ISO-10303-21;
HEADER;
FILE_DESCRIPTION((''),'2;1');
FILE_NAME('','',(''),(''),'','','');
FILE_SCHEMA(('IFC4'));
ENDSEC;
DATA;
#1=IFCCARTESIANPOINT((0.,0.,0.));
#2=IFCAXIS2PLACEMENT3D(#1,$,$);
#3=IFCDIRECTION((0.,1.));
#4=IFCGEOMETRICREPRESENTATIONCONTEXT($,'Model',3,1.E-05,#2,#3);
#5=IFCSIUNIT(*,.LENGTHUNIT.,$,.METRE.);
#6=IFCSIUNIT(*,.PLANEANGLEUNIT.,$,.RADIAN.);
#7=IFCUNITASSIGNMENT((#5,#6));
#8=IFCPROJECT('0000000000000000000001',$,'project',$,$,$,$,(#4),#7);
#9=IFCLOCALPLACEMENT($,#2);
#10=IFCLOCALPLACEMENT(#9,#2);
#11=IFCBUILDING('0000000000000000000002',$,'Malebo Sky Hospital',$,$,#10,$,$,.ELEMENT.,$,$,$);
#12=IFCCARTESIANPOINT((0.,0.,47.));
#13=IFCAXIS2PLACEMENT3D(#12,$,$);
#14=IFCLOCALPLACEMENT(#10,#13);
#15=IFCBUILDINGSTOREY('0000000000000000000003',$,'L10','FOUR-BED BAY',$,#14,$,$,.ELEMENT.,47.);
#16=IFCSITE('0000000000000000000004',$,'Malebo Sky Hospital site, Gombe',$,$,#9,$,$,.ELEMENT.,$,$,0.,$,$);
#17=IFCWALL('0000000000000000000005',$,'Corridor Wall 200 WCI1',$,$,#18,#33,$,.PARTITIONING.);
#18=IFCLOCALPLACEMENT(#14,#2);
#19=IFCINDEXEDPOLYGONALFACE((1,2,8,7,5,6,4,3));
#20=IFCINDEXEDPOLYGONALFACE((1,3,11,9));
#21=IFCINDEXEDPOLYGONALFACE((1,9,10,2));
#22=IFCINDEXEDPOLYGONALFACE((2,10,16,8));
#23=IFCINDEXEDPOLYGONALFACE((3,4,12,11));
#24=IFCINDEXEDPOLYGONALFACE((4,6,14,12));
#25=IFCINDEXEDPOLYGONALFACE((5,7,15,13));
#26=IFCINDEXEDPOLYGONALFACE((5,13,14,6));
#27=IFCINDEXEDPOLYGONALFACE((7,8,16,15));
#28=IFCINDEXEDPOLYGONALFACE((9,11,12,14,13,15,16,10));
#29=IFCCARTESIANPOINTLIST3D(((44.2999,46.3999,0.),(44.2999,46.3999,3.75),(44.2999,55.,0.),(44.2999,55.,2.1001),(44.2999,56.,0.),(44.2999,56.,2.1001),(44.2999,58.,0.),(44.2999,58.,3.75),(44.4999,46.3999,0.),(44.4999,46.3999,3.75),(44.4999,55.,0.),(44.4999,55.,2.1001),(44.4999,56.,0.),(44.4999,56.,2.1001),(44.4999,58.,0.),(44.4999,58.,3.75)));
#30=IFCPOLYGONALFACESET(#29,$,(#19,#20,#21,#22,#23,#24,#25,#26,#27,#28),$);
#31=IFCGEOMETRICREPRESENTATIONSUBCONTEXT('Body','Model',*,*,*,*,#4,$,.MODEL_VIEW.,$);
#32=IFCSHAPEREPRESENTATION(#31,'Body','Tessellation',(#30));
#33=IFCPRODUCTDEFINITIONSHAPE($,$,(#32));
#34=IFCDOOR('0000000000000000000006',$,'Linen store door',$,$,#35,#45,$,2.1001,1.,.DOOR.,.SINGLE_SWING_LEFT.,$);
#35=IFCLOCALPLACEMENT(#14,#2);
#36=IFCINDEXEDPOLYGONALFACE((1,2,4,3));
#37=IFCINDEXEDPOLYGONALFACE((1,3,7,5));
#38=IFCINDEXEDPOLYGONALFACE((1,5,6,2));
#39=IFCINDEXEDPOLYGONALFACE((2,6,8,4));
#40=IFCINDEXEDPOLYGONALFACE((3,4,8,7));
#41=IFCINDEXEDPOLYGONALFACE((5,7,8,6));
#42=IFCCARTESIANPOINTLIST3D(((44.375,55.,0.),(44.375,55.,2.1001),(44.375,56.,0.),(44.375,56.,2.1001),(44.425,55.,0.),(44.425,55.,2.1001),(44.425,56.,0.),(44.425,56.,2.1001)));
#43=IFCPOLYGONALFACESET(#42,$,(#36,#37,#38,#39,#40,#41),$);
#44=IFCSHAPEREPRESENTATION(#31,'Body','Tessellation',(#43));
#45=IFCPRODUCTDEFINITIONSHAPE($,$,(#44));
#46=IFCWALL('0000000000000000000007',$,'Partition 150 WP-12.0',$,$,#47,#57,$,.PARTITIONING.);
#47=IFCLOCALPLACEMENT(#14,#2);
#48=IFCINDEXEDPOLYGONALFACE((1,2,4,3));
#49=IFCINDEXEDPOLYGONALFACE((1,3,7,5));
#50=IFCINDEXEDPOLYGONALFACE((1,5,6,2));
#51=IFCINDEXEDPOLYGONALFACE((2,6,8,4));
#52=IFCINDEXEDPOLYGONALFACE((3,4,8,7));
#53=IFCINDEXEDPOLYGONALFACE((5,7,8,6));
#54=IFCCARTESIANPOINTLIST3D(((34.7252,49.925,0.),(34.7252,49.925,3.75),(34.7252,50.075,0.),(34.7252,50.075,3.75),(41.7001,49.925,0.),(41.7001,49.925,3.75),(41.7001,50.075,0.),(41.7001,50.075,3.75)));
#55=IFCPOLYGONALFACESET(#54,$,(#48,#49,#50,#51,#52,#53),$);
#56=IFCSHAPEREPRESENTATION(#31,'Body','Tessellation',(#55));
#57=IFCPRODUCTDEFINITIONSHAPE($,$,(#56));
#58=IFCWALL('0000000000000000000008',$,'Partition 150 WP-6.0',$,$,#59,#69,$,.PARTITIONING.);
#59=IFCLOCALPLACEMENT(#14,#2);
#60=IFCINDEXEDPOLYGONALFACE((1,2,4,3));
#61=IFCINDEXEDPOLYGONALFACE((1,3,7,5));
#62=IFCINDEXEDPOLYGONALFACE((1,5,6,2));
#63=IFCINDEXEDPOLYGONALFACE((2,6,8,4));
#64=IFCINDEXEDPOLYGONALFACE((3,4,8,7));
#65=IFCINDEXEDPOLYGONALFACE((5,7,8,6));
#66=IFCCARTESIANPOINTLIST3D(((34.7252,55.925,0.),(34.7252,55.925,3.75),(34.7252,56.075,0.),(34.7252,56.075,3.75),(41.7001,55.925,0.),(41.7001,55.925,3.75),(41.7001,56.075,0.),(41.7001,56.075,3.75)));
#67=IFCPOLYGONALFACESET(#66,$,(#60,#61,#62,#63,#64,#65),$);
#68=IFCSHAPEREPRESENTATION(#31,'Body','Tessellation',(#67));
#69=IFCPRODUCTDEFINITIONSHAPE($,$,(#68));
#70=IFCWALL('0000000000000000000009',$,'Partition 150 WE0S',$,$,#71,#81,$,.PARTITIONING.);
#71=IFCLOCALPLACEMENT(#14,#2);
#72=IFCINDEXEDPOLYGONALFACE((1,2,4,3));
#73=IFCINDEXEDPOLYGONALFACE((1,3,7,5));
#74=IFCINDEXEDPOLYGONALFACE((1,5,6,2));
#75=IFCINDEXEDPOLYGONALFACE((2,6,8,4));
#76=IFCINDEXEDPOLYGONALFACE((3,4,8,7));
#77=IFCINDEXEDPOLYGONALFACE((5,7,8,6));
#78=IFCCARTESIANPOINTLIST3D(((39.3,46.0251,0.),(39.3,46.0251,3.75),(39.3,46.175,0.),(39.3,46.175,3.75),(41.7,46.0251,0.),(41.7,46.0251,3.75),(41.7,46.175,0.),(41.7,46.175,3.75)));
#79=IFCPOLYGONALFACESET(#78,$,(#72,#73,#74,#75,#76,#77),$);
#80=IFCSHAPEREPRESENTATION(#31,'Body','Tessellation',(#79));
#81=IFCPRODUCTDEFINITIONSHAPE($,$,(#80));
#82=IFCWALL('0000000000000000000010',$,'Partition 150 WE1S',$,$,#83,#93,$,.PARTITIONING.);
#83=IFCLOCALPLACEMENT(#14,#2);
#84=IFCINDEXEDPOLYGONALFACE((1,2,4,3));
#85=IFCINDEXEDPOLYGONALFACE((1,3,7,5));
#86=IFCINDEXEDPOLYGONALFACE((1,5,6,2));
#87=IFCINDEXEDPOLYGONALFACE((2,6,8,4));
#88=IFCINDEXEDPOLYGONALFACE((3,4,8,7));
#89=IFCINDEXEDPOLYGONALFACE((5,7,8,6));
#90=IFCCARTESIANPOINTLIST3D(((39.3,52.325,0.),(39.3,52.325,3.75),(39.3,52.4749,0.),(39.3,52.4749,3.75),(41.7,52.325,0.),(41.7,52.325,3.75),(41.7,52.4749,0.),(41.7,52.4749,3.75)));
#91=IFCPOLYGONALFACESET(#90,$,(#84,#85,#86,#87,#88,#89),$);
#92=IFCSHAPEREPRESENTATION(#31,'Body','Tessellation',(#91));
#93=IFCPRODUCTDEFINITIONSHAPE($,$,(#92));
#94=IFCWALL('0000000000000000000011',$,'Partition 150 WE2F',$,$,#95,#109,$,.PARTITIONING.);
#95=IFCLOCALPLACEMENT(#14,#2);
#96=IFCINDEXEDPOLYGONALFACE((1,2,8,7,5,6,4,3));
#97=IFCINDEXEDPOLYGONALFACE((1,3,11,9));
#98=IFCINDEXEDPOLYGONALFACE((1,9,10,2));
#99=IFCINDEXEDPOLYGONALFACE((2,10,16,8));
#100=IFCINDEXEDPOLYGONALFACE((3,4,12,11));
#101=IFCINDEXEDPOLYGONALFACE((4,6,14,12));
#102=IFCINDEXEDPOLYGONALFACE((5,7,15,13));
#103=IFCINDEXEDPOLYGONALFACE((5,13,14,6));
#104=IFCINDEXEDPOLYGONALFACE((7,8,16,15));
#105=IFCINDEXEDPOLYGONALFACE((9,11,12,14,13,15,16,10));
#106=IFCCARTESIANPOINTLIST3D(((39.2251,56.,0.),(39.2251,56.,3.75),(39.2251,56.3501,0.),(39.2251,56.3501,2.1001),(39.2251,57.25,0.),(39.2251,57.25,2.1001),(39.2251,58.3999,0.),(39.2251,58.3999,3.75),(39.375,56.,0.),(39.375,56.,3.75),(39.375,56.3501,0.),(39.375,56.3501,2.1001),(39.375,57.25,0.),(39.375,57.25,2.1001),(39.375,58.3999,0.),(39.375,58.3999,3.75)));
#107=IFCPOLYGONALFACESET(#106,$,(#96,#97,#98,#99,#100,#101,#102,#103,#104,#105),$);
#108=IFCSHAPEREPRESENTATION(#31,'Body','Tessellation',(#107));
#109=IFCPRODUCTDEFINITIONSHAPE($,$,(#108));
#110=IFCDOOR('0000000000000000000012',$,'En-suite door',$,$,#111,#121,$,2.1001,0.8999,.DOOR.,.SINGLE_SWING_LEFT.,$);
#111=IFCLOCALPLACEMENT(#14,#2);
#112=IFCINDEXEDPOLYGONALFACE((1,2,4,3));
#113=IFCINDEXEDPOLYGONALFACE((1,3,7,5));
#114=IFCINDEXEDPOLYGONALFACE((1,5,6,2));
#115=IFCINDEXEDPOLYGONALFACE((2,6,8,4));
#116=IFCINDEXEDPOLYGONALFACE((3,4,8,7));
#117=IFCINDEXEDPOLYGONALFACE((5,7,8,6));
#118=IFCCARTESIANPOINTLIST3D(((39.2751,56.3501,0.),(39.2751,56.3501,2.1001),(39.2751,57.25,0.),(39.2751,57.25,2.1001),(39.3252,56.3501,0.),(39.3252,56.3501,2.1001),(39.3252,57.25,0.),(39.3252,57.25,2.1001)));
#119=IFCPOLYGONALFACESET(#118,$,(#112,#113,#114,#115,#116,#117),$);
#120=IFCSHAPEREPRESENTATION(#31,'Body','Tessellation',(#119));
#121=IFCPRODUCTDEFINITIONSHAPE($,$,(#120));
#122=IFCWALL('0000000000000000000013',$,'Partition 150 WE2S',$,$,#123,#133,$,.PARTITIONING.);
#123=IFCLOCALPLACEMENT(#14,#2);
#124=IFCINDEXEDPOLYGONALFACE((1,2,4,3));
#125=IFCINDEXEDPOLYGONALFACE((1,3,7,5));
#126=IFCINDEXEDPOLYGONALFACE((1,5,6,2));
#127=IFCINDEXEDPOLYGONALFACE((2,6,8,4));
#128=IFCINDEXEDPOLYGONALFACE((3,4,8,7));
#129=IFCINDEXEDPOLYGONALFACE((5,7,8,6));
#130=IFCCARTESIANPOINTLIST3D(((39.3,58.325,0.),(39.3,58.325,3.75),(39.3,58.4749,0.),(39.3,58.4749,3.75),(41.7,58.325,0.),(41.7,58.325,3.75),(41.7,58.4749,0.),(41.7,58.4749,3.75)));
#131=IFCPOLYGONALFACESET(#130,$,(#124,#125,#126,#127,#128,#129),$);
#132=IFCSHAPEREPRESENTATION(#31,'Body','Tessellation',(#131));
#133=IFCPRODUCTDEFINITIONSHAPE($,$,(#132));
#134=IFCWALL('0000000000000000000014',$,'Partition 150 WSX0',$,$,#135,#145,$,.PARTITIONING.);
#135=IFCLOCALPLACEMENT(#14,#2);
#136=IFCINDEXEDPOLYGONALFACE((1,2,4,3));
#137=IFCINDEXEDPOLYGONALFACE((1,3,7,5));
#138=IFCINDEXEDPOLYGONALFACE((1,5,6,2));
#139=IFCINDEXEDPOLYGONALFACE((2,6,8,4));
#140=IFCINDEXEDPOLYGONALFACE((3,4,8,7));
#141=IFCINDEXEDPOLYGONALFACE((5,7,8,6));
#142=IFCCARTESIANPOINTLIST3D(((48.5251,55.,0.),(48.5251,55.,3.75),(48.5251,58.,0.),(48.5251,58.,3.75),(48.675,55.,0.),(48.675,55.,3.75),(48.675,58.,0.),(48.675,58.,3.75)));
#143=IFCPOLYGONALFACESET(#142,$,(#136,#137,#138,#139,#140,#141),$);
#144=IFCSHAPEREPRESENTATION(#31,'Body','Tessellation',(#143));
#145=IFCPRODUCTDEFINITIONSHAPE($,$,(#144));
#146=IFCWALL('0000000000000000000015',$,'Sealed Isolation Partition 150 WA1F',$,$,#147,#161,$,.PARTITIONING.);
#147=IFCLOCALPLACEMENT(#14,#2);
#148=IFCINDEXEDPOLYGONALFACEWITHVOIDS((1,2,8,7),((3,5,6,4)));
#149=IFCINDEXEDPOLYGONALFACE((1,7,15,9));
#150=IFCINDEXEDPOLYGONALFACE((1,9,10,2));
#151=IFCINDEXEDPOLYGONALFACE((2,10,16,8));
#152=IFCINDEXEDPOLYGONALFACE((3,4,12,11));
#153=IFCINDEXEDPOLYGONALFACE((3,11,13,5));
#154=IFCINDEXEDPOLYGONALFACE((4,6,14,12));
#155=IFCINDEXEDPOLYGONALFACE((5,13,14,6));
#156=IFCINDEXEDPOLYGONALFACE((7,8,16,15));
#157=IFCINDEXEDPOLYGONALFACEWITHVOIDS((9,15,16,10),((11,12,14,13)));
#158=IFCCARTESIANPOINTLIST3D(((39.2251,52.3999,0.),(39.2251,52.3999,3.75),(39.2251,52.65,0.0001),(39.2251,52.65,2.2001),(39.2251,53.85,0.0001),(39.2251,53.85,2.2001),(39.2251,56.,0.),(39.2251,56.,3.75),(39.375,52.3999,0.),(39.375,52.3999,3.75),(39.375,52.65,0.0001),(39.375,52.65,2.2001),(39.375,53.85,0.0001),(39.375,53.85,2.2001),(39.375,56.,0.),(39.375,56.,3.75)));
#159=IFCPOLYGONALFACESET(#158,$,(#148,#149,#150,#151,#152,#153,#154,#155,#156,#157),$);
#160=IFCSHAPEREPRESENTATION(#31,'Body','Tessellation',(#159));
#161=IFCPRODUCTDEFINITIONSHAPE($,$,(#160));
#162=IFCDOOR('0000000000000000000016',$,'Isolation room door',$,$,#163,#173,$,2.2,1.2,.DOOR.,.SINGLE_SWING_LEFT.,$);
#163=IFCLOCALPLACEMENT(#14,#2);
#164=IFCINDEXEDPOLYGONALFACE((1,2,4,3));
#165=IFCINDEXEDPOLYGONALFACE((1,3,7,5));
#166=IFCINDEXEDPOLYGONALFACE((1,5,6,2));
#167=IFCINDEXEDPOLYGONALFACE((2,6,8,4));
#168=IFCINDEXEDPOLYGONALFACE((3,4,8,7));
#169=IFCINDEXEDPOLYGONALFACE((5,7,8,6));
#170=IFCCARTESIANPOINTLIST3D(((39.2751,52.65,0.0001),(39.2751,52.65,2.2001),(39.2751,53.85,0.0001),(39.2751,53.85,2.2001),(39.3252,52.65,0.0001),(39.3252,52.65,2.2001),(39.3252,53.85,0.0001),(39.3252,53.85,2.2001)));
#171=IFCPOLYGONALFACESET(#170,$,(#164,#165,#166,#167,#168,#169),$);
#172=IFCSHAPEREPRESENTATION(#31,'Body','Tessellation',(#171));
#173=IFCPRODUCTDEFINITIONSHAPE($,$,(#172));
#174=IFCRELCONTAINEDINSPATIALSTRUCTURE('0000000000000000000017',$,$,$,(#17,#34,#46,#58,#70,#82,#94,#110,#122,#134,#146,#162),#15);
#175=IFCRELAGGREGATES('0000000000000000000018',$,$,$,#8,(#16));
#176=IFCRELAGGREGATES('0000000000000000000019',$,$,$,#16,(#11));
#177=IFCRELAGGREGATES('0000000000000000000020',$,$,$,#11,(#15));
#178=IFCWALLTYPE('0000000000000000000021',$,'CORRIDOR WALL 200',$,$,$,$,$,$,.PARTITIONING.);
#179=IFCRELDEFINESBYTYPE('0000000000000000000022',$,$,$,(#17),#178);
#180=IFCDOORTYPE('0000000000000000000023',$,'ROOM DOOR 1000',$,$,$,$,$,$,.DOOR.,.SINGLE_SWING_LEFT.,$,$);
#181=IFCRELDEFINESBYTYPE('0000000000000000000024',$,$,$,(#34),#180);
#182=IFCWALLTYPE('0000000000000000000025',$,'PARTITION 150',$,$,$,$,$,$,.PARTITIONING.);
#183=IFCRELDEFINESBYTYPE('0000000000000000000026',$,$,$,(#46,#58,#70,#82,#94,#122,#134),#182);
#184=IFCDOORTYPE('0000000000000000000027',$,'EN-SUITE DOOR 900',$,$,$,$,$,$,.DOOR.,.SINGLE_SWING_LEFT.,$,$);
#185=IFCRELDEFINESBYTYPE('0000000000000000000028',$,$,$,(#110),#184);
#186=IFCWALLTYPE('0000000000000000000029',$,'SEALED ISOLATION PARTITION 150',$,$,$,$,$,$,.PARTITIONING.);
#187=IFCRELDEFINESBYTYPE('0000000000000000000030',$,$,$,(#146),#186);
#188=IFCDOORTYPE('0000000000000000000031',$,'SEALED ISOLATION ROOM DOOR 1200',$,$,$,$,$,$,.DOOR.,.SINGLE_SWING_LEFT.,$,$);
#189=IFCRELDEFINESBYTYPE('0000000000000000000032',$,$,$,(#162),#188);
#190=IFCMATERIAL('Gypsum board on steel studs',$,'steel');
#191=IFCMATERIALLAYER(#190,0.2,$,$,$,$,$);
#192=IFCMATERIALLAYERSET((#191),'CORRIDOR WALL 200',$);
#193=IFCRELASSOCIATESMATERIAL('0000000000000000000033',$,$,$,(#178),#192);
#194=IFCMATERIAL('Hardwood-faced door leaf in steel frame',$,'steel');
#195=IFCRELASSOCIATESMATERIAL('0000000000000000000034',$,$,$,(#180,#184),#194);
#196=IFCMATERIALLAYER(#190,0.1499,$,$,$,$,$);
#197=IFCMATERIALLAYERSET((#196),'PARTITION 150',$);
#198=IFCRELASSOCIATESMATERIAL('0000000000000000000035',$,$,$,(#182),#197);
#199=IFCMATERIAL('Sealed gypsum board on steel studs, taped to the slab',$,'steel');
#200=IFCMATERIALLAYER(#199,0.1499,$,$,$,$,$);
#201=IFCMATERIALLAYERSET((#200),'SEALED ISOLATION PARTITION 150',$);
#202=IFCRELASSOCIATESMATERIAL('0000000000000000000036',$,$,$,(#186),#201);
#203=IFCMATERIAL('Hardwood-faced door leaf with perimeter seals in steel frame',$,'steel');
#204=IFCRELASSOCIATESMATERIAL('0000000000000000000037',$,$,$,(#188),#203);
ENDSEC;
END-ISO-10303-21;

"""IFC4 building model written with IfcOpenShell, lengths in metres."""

from ifc_helpers import new_model, si_unit, direction, frame, frame_2d, origin, place, context, subcontext, project, spatial, rectangle, extrude, material, layer, layer_set, type_object, element, fill, save


model = new_model("IFC4")

# Units and contexts
model_context = context("Model", 3, precision=1e-05, world=origin(), true_north=direction((0.0, 1.0)))
body_context = subcontext(model_context, "Body", "Model", "MODEL_VIEW")
ifc_project = project(units=[si_unit("LENGTHUNIT", "METRE"), si_unit("PLANEANGLEUNIT", "RADIAN")], contexts=[model_context])

# Site, building, storey
site_placement = place(None, origin())
site = spatial("IfcSite", under=ifc_project, at=site_placement, Name="Malebo Sky Hospital site, Gombe", CompositionType="ELEMENT", RefElevation=0.0)
building_placement = place(site_placement, origin())
building = spatial("IfcBuilding", under=site, at=building_placement, Name="Malebo Sky Hospital", CompositionType="ELEMENT")
storey_placement = place(building_placement, frame((0.0, 0.0, 47.0)))
storey = spatial("IfcBuildingStorey", under=building, at=storey_placement, Name="L10", Description="FOUR-BED BAY", CompositionType="ELEMENT", Elevation=47.0)

# Wall, opening, door
ifc_material_1 = material(Name="Gypsum board on steel studs", Category="steel")
ifc_layer_1 = layer(ifc_material_1, 0.2)
ifc_layer_set_1 = layer_set([ifc_layer_1], Name="CORRIDOR WALL 200")
wall_type_1 = type_object("IfcWallType", Name="CORRIDOR WALL 200", PredefinedType="PARTITIONING", material=ifc_layer_set_1)
wall_1_placement = place(storey_placement, frame((44.3999, 46.3999, 0.0), z_axis=(0.0, 0.0, 1.0), x_axis=(0.0, 1.0, 0.0)))
wall_1 = element("IfcWall", 1, at=wall_1_placement, inside=storey, type_object=wall_type_1, Name="Corridor Wall 200 WCI1", PredefinedType="PARTITIONING", context=body_context, shape_type="SweptSolid", body=[
    extrude(rectangle(XDim=11.6001, YDim=0.2, at=frame_2d((5.8, 0.0))), origin(), (0.0, 0.0, 1.0), 3.75),
])
opening_1_placement = place(wall_1_placement, frame((8.6001, 0.0, 0.0)))
opening_1 = element("IfcOpeningElement", 2, at=opening_1_placement, cuts=wall_1, PredefinedType="OPENING", context=body_context, shape_type="SweptSolid", body=[
    extrude(rectangle(XDim=1.0, YDim=2.1001, at=frame_2d((0.5, 1.05))), frame((0.0, 0.1099, 0.0), z_axis=(0.0, -1.0, 0.0), x_axis=(1.0, 0.0, 0.0)), (0.0, 0.0, 1.0), 0.22),
])
ifc_material_2 = material(Name="Hardwood-faced door leaf in steel frame", Category="steel")
door_type_1 = type_object("IfcDoorType", Name="ROOM DOOR 1000", OperationType="SINGLE_SWING_LEFT", PredefinedType="DOOR", material=ifc_material_2)
door_1_placement = place(opening_1_placement, origin())
door_1 = element("IfcDoor", 3, at=door_1_placement, inside=storey, type_object=door_type_1, Name="Linen store door", OperationType="SINGLE_SWING_LEFT", OverallHeight=2.1001, OverallWidth=1.0, PredefinedType="DOOR", context=body_context, shape_type="SweptSolid", body=[
    extrude(rectangle(XDim=1.0, YDim=2.1001, at=frame_2d((0.5, 1.05))), frame((0.0, 0.0249, 0.0), z_axis=(0.0, -1.0, 0.0), x_axis=(1.0, 0.0, 0.0)), (0.0, 0.0, 1.0), 0.05),
])
fill(opening_1, door_1)

# Walls
ifc_layer_2 = layer(ifc_material_1, 0.1499)
ifc_layer_set_2 = layer_set([ifc_layer_2], Name="PARTITION 150")
wall_type_2 = type_object("IfcWallType", Name="PARTITION 150", PredefinedType="PARTITIONING", material=ifc_layer_set_2)
for number, where, z_axis, x_axis, name in (
    (4, (41.7, 50.0, 0.0), (0.0, 0.0, 1.0), (-1.0, 0.0, 0.0), "Partition 150 WP-12.0"),
    (5, (41.7, 56.0, 0.0), (0.0, 0.0, 1.0), (-1.0, 0.0, 0.0), "Partition 150 WP-6.0"),
):
    element("IfcWall", number, at=place(storey_placement, frame(where, z_axis=z_axis, x_axis=x_axis)), inside=storey, type_object=wall_type_2, Name=name, PredefinedType="PARTITIONING", context=body_context, shape_type="SweptSolid", body=[
        extrude(rectangle(XDim=6.9749, YDim=0.1499, at=frame_2d((3.4873, 0.0))), origin(), (0.0, 0.0, 1.0), 3.75),
    ])
for number, where, z_axis, x_axis, name in (
    (6, (41.7, 46.1001, 0.0), (0.0, 0.0, 1.0), (-1.0, 0.0, 0.0), "Partition 150 WE0S"),
    (7, (41.7, 52.3999, 0.0), (0.0, 0.0, 1.0), (-1.0, 0.0, 0.0), "Partition 150 WE1S"),
):
    element("IfcWall", number, at=place(storey_placement, frame(where, z_axis=z_axis, x_axis=x_axis)), inside=storey, type_object=wall_type_2, Name=name, PredefinedType="PARTITIONING", context=body_context, shape_type="SweptSolid", body=[
        extrude(rectangle(XDim=2.3999, YDim=0.1499, at=frame_2d((1.2, 0.0))), origin(), (0.0, 0.0, 1.0), 3.75),
    ])

# Wall, opening, door
wall_2_placement = place(storey_placement, frame((39.3, 56.0, 0.0), z_axis=(0.0, 0.0, 1.0), x_axis=(0.0, 1.0, 0.0)))
wall_2 = element("IfcWall", 8, at=wall_2_placement, inside=storey, type_object=wall_type_2, Name="Partition 150 WE2F", PredefinedType="PARTITIONING", context=body_context, shape_type="SweptSolid", body=[
    extrude(rectangle(XDim=2.3999, YDim=0.1499, at=frame_2d((1.2, 0.0))), origin(), (0.0, 0.0, 1.0), 3.75),
])
opening_2_placement = place(wall_2_placement, frame((0.3501, 0.0, 0.0)))
opening_2 = element("IfcOpeningElement", 9, at=opening_2_placement, cuts=wall_2, PredefinedType="OPENING", context=body_context, shape_type="SweptSolid", body=[
    extrude(rectangle(XDim=0.8999, YDim=2.1001, at=frame_2d((0.45, 1.05))), frame((0.0, 0.085, 0.0), z_axis=(0.0, -1.0, 0.0), x_axis=(1.0, 0.0, 0.0)), (0.0, 0.0, 1.0), 0.1699),
])
door_type_2 = type_object("IfcDoorType", Name="EN-SUITE DOOR 900", OperationType="SINGLE_SWING_LEFT", PredefinedType="DOOR", material=ifc_material_2)
door_2_placement = place(opening_2_placement, origin())
door_2 = element("IfcDoor", 10, at=door_2_placement, inside=storey, type_object=door_type_2, Name="En-suite door", OperationType="SINGLE_SWING_LEFT", OverallHeight=2.1001, OverallWidth=0.8999, PredefinedType="DOOR", context=body_context, shape_type="SweptSolid", body=[
    extrude(rectangle(XDim=0.8999, YDim=2.1001, at=frame_2d((0.45, 1.05))), frame((0.0, 0.0249, 0.0), z_axis=(0.0, -1.0, 0.0), x_axis=(1.0, 0.0, 0.0)), (0.0, 0.0, 1.0), 0.05),
])
fill(opening_2, door_2)

# Walls
wall_3_placement = place(storey_placement, frame((41.7, 58.3999, 0.0), z_axis=(0.0, 0.0, 1.0), x_axis=(-1.0, 0.0, 0.0)))
element("IfcWall", 11, at=wall_3_placement, inside=storey, type_object=wall_type_2, Name="Partition 150 WE2S", PredefinedType="PARTITIONING", context=body_context, shape_type="SweptSolid", body=[
    extrude(rectangle(XDim=2.3999, YDim=0.1499, at=frame_2d((1.2, 0.0))), origin(), (0.0, 0.0, 1.0), 3.75),
])
wall_4_placement = place(storey_placement, frame((48.6001, 55.0, 0.0), z_axis=(0.0, 0.0, 1.0), x_axis=(0.0, 1.0, 0.0)))
element("IfcWall", 12, at=wall_4_placement, inside=storey, type_object=wall_type_2, Name="Partition 150 WSX0", PredefinedType="PARTITIONING", context=body_context, shape_type="SweptSolid", body=[
    extrude(rectangle(XDim=3.0, YDim=0.1499, at=frame_2d((1.5, 0.0))), origin(), (0.0, 0.0, 1.0), 3.75),
])

# Wall, opening, door
ifc_material_3 = material(Name="Sealed gypsum board on steel studs, taped to the slab", Category="steel")
ifc_layer_3 = layer(ifc_material_3, 0.1499)
ifc_layer_set_3 = layer_set([ifc_layer_3], Name="SEALED ISOLATION PARTITION 150")
wall_type_3 = type_object("IfcWallType", Name="SEALED ISOLATION PARTITION 150", PredefinedType="PARTITIONING", material=ifc_layer_set_3)
wall_5_placement = place(storey_placement, frame((39.3, 52.3999, 0.0), z_axis=(0.0, 0.0, 1.0), x_axis=(0.0, 1.0, 0.0)))
wall_5 = element("IfcWall", 13, at=wall_5_placement, inside=storey, type_object=wall_type_3, Name="Sealed Isolation Partition 150 WA1F", PredefinedType="PARTITIONING", context=body_context, shape_type="SweptSolid", body=[
    extrude(rectangle(XDim=3.6001, YDim=0.1499, at=frame_2d((1.8, 0.0))), origin(), (0.0, 0.0, 1.0), 3.75),
])
opening_3_placement = place(wall_5_placement, frame((0.25, 0.0, 0.0)))
opening_3 = element("IfcOpeningElement", 14, at=opening_3_placement, cuts=wall_5, PredefinedType="OPENING", context=body_context, shape_type="SweptSolid", body=[
    extrude(rectangle(XDim=1.2, YDim=2.2, at=frame_2d((0.6001, 1.1001))), frame((0.0, 0.085, 0.0), z_axis=(0.0, -1.0, 0.0), x_axis=(1.0, 0.0, 0.0)), (0.0, 0.0, 1.0), 0.1699),
])
ifc_material_4 = material(Name="Hardwood-faced door leaf with perimeter seals in steel frame", Category="steel")
door_type_3 = type_object("IfcDoorType", Name="SEALED ISOLATION ROOM DOOR 1200", OperationType="SINGLE_SWING_LEFT", PredefinedType="DOOR", material=ifc_material_4)
door_3_placement = place(opening_3_placement, origin())
door_3 = element("IfcDoor", 15, at=door_3_placement, inside=storey, type_object=door_type_3, Name="Isolation room door", OperationType="SINGLE_SWING_LEFT", OverallHeight=2.2, OverallWidth=1.2, PredefinedType="DOOR", context=body_context, shape_type="SweptSolid", body=[
    extrude(rectangle(XDim=1.2, YDim=2.2, at=frame_2d((0.6001, 1.1001))), frame((0.0, 0.0249, 0.0), z_axis=(0.0, -1.0, 0.0), x_axis=(1.0, 0.0, 0.0)), (0.0, 0.0, 1.0), 0.05),
])
fill(opening_3, door_3)

save(model, "model.ifc")
